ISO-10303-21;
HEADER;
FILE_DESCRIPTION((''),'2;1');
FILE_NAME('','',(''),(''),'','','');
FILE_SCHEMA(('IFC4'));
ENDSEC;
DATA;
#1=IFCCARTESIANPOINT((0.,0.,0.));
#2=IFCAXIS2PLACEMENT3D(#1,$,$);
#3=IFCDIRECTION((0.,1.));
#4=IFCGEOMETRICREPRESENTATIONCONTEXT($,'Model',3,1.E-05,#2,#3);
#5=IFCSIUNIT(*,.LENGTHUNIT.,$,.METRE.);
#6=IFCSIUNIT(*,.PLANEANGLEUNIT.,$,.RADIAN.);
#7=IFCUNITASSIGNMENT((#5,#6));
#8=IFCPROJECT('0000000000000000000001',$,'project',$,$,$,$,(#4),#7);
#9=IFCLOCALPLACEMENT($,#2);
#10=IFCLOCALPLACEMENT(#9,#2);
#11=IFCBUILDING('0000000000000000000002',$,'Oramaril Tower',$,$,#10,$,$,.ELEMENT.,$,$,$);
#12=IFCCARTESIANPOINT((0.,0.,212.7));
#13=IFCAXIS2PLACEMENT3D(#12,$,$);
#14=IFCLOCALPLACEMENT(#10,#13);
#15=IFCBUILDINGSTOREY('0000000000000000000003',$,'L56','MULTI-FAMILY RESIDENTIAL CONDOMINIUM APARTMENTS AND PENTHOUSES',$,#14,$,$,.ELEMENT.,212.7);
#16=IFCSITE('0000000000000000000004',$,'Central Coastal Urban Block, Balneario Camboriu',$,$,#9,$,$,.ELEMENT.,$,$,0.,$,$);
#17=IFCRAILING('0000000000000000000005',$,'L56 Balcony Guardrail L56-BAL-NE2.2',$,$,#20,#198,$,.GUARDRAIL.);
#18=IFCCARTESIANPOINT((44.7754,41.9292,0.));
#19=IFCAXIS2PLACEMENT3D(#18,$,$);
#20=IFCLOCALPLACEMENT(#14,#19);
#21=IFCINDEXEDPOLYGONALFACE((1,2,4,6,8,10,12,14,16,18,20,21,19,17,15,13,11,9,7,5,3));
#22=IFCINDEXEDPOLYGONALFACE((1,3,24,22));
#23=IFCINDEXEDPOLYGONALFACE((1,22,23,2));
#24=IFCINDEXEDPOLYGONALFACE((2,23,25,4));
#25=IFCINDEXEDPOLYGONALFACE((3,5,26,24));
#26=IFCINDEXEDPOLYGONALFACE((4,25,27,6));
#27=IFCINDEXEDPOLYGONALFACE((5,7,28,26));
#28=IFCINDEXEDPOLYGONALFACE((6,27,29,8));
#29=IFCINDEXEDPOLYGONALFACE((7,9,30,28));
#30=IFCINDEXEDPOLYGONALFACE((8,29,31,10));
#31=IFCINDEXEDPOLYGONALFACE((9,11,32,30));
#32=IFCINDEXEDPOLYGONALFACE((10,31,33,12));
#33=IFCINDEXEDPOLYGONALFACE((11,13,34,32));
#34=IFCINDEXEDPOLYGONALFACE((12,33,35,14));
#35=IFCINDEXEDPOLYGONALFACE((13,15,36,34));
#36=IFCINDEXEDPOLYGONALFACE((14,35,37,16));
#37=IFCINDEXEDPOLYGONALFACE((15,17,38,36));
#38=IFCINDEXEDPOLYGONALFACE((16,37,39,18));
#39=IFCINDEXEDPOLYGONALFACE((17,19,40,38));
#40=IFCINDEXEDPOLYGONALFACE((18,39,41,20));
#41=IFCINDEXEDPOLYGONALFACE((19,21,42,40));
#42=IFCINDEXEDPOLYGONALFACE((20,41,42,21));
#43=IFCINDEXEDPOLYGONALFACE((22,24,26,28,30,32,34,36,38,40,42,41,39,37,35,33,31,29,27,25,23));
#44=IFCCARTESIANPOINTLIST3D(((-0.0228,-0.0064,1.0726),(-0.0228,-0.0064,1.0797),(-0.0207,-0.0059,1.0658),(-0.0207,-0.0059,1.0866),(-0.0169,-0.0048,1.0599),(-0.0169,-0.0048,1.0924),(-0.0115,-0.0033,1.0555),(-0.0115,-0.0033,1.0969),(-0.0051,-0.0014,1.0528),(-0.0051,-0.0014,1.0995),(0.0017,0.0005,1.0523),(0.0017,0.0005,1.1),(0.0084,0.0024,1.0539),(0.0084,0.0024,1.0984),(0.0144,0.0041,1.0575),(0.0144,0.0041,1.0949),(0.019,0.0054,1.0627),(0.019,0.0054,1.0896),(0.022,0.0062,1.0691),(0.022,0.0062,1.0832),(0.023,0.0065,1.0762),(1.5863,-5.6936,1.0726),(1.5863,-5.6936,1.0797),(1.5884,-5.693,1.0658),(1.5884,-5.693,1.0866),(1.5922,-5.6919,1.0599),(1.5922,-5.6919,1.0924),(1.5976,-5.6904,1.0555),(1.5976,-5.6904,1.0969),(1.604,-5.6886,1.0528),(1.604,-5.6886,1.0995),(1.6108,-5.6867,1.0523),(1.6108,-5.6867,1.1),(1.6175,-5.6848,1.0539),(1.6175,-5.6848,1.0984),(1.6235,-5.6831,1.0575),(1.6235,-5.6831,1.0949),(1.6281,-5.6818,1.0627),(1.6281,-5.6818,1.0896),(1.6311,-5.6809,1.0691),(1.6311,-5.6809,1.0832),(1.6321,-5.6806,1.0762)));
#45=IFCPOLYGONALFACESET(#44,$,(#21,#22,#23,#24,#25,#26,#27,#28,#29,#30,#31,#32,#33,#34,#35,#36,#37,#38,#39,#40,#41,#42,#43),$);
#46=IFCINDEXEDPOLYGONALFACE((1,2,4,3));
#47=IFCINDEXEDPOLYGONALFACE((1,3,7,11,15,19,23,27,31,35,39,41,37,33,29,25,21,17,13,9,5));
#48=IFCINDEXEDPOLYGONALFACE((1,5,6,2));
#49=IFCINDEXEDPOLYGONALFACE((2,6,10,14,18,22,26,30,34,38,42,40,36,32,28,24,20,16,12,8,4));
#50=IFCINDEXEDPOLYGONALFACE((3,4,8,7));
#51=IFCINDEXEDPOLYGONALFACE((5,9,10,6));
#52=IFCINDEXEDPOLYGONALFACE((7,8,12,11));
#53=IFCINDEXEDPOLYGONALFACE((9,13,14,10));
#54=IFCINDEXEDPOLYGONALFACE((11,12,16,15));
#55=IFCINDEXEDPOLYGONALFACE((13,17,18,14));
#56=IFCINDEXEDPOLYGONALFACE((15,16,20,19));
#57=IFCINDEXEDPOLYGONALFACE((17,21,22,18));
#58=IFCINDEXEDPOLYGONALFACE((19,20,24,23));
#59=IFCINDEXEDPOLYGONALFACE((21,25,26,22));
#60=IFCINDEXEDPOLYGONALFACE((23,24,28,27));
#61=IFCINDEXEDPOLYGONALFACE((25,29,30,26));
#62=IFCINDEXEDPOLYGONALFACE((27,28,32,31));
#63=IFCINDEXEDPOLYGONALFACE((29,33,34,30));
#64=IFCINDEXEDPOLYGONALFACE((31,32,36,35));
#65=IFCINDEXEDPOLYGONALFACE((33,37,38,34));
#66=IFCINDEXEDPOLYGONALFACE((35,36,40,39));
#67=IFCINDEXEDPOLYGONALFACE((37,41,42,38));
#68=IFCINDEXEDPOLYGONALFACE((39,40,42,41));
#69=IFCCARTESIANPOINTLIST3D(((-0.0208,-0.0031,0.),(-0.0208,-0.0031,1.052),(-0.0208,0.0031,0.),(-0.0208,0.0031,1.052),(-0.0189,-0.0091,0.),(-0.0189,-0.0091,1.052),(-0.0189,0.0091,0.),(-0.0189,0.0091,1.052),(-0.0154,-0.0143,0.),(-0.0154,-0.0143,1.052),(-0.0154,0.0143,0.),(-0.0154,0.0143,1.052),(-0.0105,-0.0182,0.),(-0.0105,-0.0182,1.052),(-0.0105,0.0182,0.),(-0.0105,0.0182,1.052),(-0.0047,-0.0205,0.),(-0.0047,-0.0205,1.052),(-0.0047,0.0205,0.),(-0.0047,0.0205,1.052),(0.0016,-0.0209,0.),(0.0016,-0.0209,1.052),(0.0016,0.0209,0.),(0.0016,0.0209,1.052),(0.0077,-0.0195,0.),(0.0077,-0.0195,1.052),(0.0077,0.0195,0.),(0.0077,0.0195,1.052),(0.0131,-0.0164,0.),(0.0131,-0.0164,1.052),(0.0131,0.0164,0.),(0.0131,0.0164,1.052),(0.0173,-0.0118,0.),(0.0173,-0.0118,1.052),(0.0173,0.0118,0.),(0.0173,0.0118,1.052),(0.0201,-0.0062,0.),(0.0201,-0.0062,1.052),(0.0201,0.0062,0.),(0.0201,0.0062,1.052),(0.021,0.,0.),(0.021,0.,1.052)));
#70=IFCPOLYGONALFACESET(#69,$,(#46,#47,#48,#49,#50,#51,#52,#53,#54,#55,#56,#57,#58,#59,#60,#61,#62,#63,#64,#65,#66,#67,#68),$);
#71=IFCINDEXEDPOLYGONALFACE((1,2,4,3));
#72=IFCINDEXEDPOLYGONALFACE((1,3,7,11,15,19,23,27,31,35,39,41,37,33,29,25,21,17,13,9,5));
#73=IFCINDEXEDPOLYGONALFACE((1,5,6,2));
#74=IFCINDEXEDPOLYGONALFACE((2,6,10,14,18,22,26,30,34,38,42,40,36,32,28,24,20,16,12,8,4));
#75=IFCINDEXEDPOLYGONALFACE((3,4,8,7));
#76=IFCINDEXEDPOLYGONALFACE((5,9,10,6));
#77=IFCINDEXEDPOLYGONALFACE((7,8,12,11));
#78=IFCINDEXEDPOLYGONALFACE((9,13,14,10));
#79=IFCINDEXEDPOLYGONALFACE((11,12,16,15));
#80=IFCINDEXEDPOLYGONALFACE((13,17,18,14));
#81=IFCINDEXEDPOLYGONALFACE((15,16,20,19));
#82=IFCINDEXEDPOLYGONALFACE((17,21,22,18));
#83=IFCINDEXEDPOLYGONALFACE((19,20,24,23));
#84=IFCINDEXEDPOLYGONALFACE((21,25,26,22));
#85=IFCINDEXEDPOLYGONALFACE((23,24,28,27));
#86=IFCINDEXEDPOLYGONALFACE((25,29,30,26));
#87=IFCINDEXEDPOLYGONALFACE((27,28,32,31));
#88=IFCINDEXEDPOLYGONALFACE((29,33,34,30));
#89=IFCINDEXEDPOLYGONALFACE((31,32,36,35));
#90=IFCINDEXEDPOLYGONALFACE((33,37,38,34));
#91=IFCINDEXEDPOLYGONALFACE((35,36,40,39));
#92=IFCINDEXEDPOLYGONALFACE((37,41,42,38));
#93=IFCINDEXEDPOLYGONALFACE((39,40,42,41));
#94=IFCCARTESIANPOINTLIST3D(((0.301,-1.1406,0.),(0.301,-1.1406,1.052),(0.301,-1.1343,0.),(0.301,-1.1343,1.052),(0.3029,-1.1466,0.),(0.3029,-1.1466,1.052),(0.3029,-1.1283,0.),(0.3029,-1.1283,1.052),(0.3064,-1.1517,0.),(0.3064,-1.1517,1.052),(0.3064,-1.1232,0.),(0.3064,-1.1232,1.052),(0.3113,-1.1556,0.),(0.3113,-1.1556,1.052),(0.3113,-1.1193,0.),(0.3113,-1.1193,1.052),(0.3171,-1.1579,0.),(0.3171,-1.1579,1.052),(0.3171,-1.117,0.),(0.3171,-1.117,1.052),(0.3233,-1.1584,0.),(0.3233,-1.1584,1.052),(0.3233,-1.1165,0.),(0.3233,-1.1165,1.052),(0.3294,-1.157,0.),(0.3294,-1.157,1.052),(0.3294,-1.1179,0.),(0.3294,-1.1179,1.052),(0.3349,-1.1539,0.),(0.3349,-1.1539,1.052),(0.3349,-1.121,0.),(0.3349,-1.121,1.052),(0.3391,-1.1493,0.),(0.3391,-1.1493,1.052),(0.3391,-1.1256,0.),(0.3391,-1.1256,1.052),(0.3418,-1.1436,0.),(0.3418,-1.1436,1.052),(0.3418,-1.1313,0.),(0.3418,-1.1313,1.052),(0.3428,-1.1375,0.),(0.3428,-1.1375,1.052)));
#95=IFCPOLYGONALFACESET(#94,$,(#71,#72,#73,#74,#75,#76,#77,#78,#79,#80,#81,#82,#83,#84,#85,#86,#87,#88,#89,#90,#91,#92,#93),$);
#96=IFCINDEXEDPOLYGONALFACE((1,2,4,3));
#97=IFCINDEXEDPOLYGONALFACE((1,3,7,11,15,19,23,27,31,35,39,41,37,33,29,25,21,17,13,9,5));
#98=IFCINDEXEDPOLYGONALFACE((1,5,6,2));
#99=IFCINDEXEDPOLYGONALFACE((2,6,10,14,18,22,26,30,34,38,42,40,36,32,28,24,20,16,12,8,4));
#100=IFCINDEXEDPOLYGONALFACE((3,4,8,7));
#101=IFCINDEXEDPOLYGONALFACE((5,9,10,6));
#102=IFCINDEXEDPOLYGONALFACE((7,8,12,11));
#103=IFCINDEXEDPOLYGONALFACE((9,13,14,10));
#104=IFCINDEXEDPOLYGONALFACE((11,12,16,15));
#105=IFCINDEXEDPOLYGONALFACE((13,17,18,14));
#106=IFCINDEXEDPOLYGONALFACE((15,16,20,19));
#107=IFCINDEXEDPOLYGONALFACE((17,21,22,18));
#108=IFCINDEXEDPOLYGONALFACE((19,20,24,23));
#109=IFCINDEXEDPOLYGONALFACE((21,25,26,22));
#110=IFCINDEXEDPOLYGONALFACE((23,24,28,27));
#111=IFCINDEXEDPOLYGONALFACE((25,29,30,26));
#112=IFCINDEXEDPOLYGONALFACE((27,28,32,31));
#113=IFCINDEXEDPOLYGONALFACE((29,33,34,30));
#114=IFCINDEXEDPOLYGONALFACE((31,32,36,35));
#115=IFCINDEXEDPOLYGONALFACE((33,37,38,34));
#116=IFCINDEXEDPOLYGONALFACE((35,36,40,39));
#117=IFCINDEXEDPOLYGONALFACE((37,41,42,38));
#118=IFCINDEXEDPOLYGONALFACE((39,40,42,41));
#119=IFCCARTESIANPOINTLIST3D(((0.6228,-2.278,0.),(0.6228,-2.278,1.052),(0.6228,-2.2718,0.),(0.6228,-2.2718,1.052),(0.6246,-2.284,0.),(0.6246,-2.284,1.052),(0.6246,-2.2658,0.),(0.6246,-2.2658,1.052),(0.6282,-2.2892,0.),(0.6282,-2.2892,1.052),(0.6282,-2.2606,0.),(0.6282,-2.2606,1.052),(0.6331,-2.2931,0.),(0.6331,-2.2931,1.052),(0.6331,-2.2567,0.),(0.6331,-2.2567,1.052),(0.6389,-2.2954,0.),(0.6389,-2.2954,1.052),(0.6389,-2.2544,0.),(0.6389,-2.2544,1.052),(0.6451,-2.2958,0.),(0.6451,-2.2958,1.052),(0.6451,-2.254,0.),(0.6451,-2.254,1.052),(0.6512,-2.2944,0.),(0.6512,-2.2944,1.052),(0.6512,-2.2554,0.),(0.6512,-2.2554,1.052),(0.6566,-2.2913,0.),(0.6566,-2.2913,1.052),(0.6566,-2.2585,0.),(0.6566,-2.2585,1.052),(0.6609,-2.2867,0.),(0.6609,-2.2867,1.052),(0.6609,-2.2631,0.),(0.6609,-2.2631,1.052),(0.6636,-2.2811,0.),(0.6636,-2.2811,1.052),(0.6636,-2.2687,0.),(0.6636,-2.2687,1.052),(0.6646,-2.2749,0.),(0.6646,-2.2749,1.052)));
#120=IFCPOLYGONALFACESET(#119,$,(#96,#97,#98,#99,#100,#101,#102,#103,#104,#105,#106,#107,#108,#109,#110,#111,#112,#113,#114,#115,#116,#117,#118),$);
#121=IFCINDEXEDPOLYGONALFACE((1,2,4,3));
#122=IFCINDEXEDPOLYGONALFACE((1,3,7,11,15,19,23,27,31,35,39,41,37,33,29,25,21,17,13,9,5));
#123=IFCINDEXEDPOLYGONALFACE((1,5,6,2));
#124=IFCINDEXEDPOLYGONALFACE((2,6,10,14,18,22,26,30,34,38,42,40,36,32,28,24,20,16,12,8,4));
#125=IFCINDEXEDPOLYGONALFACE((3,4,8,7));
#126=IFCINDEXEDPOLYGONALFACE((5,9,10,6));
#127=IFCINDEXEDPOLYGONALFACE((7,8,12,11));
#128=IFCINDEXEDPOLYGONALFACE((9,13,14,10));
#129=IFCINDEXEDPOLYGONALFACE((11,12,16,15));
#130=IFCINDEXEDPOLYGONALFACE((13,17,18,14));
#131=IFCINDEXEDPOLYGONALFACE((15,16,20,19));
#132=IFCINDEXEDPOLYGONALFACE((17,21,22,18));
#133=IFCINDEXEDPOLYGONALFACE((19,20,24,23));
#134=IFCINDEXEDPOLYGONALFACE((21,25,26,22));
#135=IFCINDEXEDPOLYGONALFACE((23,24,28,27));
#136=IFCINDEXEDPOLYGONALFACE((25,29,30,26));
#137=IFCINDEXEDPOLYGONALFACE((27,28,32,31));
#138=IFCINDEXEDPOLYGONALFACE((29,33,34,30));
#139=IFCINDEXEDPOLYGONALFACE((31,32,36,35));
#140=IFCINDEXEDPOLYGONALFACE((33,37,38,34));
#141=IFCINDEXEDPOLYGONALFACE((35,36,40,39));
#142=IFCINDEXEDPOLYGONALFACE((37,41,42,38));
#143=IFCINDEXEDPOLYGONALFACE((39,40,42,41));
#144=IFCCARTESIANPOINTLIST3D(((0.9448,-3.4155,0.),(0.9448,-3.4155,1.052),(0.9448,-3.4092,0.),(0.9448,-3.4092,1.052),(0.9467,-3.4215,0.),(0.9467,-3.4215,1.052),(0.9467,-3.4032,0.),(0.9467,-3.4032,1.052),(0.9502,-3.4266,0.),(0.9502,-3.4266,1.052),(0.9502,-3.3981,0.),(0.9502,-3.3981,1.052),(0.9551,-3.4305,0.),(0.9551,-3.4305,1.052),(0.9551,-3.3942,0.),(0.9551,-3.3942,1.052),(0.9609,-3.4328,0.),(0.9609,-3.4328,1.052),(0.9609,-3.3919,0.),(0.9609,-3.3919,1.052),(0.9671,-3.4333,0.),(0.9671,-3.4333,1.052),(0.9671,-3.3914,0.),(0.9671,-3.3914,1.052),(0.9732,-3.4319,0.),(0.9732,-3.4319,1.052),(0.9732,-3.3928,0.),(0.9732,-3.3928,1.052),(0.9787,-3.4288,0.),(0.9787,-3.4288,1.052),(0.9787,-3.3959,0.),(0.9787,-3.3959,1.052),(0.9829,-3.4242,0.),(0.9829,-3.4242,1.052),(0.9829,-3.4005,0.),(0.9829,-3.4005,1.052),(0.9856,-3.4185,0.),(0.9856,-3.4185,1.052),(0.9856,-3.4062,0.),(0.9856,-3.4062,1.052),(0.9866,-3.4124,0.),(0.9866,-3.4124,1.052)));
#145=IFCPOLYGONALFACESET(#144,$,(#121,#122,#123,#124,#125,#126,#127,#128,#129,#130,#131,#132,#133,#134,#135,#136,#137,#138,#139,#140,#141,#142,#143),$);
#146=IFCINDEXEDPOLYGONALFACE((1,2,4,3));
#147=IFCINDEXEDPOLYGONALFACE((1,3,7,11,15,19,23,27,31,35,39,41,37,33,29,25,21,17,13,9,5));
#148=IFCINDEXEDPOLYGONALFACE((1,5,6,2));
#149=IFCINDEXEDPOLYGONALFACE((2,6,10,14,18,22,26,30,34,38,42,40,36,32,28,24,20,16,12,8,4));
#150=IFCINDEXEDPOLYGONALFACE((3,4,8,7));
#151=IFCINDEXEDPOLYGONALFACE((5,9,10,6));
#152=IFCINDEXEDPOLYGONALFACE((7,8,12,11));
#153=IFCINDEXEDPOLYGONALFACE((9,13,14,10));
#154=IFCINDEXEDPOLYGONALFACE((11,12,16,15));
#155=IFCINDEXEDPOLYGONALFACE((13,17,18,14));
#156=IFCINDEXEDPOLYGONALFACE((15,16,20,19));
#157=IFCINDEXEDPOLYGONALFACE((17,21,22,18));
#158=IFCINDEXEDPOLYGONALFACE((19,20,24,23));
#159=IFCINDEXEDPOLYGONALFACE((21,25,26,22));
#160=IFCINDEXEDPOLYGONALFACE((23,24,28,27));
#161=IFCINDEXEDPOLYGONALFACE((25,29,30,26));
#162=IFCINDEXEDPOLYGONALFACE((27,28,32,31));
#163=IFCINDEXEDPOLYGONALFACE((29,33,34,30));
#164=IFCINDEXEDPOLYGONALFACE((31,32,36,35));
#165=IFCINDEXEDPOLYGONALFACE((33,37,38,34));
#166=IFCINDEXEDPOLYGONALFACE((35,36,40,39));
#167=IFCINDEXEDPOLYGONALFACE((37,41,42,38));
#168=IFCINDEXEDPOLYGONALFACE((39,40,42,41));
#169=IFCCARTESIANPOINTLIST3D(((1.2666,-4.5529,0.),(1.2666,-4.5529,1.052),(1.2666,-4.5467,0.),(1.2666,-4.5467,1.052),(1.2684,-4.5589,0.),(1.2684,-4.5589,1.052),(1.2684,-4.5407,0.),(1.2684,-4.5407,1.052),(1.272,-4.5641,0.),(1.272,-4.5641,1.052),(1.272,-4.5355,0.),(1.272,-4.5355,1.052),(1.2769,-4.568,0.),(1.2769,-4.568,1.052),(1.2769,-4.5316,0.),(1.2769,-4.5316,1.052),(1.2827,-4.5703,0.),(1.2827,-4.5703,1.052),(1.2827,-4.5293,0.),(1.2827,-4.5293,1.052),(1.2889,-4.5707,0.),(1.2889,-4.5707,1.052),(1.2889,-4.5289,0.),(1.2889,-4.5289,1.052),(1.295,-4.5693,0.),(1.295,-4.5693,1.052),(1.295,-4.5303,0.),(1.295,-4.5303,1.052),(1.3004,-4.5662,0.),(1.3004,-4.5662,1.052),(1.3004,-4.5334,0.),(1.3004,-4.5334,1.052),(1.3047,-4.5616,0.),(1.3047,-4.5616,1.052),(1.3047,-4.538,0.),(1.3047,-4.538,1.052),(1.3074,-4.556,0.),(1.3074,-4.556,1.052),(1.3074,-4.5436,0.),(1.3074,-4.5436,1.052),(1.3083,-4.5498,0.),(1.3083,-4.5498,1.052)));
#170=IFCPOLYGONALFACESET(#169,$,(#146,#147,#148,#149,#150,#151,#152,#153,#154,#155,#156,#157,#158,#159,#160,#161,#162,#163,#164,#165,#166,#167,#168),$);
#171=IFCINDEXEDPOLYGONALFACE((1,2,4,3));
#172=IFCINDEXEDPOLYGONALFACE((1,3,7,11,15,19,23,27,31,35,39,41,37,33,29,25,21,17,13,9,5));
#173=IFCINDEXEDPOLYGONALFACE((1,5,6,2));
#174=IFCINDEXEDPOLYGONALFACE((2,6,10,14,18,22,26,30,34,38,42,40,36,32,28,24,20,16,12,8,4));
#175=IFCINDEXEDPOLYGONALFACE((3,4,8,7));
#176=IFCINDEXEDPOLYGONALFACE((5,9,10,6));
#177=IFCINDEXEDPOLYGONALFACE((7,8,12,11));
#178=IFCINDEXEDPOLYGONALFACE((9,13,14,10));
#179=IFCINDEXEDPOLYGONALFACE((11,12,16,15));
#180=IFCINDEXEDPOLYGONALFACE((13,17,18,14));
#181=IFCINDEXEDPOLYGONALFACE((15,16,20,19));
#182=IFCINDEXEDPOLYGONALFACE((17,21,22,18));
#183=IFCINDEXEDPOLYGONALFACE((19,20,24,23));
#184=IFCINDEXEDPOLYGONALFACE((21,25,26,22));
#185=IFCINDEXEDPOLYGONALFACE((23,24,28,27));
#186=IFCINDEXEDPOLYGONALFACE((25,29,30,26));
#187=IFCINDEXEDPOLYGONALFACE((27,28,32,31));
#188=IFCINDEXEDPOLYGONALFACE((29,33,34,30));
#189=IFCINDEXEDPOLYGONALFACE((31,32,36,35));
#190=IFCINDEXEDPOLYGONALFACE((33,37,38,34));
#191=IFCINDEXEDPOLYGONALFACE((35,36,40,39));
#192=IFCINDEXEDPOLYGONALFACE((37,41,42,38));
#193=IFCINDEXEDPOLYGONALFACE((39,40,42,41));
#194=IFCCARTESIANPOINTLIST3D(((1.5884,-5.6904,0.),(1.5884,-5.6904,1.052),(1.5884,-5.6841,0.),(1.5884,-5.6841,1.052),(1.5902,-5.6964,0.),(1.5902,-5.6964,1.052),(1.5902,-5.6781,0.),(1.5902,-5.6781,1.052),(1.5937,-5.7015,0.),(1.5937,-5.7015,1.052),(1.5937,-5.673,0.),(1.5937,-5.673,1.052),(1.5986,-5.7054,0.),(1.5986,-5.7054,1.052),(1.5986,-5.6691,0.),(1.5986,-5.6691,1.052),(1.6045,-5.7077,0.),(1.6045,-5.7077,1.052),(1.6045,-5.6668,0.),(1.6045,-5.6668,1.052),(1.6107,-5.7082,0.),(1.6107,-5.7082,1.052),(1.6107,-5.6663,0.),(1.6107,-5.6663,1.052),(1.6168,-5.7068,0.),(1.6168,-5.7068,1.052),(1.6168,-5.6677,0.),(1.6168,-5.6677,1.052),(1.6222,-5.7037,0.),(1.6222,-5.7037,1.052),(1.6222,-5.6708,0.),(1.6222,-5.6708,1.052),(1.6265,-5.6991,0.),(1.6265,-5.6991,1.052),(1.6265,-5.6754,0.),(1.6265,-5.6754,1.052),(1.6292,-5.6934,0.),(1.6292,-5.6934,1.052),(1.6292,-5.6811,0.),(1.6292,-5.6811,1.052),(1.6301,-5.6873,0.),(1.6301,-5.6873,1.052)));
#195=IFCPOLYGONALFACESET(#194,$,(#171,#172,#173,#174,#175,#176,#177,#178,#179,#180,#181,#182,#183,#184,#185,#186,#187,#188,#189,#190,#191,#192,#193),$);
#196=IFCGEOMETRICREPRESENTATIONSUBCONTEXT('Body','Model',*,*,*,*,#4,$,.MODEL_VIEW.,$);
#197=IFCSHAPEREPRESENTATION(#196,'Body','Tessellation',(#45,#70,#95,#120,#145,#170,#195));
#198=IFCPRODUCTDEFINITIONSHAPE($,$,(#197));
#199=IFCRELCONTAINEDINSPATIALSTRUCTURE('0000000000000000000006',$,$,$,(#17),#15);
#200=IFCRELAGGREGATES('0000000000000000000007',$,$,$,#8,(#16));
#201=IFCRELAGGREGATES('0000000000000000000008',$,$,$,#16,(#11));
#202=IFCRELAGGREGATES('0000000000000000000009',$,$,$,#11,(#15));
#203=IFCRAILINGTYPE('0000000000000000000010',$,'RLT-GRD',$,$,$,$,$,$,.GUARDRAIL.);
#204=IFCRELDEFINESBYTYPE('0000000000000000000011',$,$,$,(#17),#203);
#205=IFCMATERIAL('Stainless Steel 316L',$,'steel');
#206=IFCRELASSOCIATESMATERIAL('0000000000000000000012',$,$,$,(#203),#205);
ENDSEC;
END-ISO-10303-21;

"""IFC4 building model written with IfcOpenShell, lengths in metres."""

from ifc_helpers import new_model, si_unit, direction, frame, origin, origin_2d, place, context, subcontext, project, spatial, circle, extrude, material, type_object, element, save


model = new_model("IFC4")

# Units and contexts
model_context = context("Model", 3, precision=1e-05, world=origin(), true_north=direction((0.0, 1.0)))
body_context = subcontext(model_context, "Body", "Model", "MODEL_VIEW")
ifc_project = project(units=[si_unit("LENGTHUNIT", "METRE"), si_unit("PLANEANGLEUNIT", "RADIAN")], contexts=[model_context])

# Site, building, storey
site_placement = place(None, origin())
site = spatial("IfcSite", under=ifc_project, at=site_placement, Name="Central Coastal Urban Block, Balneario Camboriu", CompositionType="ELEMENT", RefElevation=0.0)
building_placement = place(site_placement, origin())
building = spatial("IfcBuilding", under=site, at=building_placement, Name="Oramaril Tower", CompositionType="ELEMENT")
storey_placement = place(building_placement, frame((0.0, 0.0, 212.7)))
storey = spatial("IfcBuildingStorey", under=building, at=storey_placement, Name="L56", Description="MULTI-FAMILY RESIDENTIAL CONDOMINIUM APARTMENTS AND PENTHOUSES", CompositionType="ELEMENT", Elevation=212.7)

# Railing
ifc_material_1 = material(Name="Stainless Steel 316L", Category="steel")
railing_type = type_object("IfcRailingType", Name="RLT-GRD", PredefinedType="GUARDRAIL", material=ifc_material_1)
railing_1_placement = place(storey_placement, frame((44.7754, 41.9292, 0.0)))
element("IfcRailing", 1, at=railing_1_placement, inside=storey, type_object=railing_type, Name="L56 Balcony Guardrail L56-BAL-NE2.2", PredefinedType="GUARDRAIL", context=body_context, shape_type="SweptSolid", body=[
    extrude(circle(Radius=0.0239, at=origin_2d()), frame((0.0, 0.0, 1.0762), z_axis=(0.272249, -0.962227, 0.0), x_axis=(0.962227, 0.272249, 0.0)), (0.0, 0.0, 1.0), 5.9104),
    extrude(circle(Radius=0.021, at=origin_2d()), origin(), (0.0, 0.0, 1.0), 1.052),
    extrude(circle(Radius=0.021, at=origin_2d()), frame((0.3218, -1.1375, 0.0)), (0.0, 0.0, 1.0), 1.052),
    extrude(circle(Radius=0.021, at=origin_2d()), frame((0.6436, -2.2749, 0.0)), (0.0, 0.0, 1.0), 1.052),
    extrude(circle(Radius=0.021, at=origin_2d()), frame((0.9656, -3.4124, 0.0)), (0.0, 0.0, 1.0), 1.052),
    extrude(circle(Radius=0.021, at=origin_2d()), frame((1.2874, -4.5498, 0.0)), (0.0, 0.0, 1.0), 1.052),
    extrude(circle(Radius=0.021, at=origin_2d()), frame((1.6091, -5.6873, 0.0)), (0.0, 0.0, 1.0), 1.052),
])

save(model, "model.ifc")
